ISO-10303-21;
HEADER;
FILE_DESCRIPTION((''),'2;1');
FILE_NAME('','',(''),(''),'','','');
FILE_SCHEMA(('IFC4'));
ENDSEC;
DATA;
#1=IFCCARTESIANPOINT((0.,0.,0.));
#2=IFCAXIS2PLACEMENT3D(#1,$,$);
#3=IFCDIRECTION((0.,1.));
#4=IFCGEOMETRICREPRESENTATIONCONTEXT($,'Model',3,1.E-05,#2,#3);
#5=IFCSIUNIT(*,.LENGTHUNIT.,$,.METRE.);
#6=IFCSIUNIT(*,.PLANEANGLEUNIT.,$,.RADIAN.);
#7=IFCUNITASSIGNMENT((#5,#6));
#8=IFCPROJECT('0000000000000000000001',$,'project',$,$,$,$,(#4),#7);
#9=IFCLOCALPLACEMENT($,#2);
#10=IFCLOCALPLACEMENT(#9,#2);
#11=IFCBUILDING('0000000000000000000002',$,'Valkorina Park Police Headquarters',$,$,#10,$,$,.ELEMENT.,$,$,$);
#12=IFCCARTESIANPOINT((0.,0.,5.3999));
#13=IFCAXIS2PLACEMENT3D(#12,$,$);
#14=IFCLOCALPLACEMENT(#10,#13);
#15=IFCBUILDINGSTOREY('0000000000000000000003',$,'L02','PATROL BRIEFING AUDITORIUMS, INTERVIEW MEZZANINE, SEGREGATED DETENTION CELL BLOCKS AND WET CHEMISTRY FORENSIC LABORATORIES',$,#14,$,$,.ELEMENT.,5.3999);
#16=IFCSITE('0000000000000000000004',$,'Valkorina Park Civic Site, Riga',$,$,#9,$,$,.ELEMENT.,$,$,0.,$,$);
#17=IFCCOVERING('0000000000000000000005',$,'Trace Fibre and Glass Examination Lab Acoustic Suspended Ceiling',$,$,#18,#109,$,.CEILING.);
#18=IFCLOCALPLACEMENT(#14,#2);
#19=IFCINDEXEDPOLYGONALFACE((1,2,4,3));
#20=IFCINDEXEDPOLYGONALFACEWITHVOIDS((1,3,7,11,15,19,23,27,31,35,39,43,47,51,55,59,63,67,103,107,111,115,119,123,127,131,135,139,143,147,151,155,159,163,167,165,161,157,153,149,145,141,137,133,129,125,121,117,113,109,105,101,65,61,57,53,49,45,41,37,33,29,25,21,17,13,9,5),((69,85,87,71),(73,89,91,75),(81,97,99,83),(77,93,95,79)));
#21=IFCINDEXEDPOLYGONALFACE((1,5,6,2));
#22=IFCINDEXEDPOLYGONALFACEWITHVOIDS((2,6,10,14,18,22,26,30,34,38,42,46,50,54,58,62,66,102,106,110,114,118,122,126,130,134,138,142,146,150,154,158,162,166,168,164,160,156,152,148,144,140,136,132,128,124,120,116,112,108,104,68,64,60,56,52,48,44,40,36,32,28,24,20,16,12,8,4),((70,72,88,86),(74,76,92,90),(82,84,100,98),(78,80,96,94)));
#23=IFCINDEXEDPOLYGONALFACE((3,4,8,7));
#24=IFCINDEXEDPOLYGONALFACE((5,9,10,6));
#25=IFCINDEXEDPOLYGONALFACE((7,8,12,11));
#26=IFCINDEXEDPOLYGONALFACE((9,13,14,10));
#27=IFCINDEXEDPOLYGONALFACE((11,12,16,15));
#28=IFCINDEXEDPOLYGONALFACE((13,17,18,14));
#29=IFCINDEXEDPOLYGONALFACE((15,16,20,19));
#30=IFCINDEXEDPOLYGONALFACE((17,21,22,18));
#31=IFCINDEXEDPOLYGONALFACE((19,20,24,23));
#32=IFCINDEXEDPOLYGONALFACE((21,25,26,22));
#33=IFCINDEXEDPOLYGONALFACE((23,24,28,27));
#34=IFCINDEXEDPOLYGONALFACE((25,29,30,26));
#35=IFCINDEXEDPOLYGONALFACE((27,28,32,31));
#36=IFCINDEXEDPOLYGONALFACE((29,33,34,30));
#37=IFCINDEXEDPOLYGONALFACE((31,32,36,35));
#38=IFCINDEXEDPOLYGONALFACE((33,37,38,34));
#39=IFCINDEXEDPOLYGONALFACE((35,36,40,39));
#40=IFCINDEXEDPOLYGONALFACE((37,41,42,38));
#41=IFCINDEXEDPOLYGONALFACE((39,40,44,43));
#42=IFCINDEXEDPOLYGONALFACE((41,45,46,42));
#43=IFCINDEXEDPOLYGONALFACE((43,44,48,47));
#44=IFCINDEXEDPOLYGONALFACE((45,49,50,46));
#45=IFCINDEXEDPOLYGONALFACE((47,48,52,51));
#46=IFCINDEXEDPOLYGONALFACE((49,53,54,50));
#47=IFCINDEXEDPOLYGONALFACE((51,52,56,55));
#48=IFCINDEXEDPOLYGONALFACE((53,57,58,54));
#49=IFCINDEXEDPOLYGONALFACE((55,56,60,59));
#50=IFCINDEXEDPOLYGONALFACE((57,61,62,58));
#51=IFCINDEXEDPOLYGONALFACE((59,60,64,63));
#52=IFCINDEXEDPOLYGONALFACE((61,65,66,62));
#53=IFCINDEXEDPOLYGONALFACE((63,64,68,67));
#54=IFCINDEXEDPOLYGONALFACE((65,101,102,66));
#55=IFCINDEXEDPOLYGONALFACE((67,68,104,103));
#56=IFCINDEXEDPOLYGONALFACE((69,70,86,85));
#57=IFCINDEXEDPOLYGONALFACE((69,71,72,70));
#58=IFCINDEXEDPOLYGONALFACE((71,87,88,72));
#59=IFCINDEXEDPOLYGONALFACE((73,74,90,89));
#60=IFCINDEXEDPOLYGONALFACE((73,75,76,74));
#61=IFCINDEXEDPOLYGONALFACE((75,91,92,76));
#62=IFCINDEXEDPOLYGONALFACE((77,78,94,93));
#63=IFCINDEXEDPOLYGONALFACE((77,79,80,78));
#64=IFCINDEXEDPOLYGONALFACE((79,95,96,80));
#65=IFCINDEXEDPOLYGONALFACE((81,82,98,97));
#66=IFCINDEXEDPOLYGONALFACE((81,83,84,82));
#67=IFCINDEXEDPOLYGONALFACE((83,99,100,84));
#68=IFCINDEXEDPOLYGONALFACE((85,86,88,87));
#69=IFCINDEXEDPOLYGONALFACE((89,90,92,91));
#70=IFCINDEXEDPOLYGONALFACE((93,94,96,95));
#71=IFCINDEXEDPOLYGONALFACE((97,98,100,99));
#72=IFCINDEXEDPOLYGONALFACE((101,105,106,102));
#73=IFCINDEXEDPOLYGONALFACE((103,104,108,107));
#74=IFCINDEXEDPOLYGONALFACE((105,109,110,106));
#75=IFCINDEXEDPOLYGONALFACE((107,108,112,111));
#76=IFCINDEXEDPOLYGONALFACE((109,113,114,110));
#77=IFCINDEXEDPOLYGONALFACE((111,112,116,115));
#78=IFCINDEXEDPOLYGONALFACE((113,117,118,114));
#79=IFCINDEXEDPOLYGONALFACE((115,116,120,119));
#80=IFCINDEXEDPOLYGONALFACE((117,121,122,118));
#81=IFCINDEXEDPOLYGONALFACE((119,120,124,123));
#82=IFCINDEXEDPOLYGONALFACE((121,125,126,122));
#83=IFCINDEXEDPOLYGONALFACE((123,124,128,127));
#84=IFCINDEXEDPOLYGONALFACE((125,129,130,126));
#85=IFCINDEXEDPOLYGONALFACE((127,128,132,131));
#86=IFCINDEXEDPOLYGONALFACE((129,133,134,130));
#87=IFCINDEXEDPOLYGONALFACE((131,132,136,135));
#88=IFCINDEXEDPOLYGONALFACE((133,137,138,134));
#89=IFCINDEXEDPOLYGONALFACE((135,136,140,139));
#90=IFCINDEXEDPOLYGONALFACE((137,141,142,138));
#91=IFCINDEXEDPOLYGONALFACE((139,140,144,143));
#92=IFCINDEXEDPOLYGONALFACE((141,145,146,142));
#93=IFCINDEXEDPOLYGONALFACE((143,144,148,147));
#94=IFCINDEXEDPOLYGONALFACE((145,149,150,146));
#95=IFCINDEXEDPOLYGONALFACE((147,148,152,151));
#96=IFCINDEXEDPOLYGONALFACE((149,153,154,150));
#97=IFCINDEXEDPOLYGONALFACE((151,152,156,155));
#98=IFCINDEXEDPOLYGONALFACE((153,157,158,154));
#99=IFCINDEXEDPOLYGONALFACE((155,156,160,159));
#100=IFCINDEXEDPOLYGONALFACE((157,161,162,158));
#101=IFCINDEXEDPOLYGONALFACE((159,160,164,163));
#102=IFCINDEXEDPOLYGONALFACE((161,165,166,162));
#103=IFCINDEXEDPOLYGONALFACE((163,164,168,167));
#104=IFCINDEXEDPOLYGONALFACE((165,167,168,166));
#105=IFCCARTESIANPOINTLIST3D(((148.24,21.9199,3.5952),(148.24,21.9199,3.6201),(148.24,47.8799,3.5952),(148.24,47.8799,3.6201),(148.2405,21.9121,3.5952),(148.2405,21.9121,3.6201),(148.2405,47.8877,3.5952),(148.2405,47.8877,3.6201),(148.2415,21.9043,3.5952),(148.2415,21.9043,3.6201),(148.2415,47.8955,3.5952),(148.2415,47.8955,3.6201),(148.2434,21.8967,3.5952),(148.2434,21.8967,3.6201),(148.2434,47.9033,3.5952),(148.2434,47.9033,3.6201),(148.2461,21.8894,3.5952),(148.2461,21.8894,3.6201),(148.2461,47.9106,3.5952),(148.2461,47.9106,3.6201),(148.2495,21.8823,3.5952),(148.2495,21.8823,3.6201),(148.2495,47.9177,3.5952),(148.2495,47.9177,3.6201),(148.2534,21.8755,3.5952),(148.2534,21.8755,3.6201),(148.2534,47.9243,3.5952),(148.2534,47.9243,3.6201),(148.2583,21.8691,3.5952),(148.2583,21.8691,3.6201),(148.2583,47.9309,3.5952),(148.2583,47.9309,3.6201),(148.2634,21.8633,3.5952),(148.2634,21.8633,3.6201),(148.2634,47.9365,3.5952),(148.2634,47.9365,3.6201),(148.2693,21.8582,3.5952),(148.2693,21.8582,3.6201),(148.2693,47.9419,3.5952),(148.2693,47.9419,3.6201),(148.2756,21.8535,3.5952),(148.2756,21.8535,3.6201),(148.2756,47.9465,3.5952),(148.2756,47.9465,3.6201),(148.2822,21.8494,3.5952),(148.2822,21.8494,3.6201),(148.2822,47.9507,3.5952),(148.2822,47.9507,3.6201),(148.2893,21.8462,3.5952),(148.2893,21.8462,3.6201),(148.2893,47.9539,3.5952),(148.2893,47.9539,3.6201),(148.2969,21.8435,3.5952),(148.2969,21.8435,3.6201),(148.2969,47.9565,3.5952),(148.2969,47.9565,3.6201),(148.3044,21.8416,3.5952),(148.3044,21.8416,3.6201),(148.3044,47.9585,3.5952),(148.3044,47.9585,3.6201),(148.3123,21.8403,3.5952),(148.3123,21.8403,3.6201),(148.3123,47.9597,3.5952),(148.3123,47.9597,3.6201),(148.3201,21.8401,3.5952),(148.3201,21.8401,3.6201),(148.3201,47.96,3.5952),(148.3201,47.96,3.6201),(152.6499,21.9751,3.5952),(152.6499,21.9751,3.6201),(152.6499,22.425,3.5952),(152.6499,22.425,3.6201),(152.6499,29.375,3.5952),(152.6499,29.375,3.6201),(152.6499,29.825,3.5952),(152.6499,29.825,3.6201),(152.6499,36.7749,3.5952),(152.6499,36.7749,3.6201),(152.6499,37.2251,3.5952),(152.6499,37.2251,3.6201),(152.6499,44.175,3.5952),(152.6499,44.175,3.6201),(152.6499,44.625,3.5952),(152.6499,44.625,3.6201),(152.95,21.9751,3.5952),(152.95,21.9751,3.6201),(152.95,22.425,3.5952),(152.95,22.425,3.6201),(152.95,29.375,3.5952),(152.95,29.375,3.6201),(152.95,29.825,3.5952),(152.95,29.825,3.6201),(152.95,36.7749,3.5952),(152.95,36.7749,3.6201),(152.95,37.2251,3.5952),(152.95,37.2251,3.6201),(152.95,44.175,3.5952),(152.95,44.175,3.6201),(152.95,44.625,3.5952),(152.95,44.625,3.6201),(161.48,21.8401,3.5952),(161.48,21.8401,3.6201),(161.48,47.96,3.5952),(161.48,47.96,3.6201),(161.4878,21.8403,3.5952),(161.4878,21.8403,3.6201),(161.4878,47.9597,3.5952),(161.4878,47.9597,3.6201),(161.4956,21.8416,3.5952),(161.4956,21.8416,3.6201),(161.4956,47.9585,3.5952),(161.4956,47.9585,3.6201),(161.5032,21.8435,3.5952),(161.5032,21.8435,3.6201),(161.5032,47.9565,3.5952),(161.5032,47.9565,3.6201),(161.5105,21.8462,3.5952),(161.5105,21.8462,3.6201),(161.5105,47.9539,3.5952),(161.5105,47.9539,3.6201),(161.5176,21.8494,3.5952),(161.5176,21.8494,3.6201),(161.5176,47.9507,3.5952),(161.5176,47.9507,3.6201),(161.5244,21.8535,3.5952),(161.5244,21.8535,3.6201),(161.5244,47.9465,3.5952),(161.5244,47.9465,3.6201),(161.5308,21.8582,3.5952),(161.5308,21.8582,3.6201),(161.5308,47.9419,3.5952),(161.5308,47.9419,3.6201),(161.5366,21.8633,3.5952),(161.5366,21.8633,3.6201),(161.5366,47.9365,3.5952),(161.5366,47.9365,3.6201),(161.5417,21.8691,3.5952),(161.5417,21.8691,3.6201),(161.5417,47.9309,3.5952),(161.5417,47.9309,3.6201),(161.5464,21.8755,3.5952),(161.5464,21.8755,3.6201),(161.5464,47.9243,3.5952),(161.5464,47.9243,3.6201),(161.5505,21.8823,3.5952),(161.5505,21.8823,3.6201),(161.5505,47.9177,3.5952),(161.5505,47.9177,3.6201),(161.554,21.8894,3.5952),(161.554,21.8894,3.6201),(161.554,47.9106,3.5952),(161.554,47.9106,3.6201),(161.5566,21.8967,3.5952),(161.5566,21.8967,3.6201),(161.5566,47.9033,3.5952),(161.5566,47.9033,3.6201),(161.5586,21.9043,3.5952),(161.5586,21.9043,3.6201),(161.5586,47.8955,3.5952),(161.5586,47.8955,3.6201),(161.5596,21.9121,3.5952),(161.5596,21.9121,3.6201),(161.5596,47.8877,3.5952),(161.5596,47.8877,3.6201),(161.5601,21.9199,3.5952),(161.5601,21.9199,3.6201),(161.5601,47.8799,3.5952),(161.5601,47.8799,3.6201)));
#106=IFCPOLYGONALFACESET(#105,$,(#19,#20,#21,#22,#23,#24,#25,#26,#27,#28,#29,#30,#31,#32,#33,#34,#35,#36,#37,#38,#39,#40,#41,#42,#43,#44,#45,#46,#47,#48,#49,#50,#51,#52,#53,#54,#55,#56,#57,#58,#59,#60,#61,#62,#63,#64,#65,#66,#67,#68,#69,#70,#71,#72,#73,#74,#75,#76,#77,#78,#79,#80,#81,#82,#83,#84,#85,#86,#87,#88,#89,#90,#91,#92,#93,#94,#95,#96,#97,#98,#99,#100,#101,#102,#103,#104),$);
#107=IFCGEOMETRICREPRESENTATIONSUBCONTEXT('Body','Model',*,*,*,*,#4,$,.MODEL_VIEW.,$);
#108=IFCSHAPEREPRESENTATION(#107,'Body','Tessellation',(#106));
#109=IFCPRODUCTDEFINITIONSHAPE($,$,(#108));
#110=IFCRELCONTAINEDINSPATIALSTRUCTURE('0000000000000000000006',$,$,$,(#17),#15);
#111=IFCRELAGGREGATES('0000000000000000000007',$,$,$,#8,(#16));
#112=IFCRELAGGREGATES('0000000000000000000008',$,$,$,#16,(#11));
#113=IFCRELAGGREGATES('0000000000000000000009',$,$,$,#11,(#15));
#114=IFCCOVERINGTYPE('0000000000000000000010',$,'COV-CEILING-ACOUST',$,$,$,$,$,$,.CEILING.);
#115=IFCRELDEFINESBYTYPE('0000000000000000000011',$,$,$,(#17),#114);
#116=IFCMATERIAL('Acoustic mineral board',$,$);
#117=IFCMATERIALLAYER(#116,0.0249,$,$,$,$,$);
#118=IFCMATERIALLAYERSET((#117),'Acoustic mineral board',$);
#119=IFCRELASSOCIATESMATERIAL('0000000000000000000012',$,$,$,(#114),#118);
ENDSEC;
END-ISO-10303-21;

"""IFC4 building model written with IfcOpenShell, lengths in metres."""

from ifc_helpers import new_model, si_unit, direction, frame, origin, place, context, subcontext, project, spatial, polyline, outline, extrude, material, layer, layer_set, type_object, element, save


model = new_model("IFC4")

# Units and contexts
model_context = context("Model", 3, precision=1e-05, world=origin(), true_north=direction((0.0, 1.0)))
body_context = subcontext(model_context, "Body", "Model", "MODEL_VIEW")
ifc_project = project(units=[si_unit("LENGTHUNIT", "METRE"), si_unit("PLANEANGLEUNIT", "RADIAN")], contexts=[model_context])

# Site, building, storey
site_placement = place(None, origin())
site = spatial("IfcSite", under=ifc_project, at=site_placement, Name="Valkorina Park Civic Site, Riga", CompositionType="ELEMENT", RefElevation=0.0)
building_placement = place(site_placement, origin())
building = spatial("IfcBuilding", under=site, at=building_placement, Name="Valkorina Park Police Headquarters", CompositionType="ELEMENT")
storey_placement = place(building_placement, frame((0.0, 0.0, 5.3999)))
storey = spatial("IfcBuildingStorey", under=building, at=storey_placement, Name="L02", Description="PATROL BRIEFING AUDITORIUMS, INTERVIEW MEZZANINE, SEGREGATED DETENTION CELL BLOCKS AND WET CHEMISTRY FORENSIC LABORATORIES", CompositionType="ELEMENT", Elevation=5.3999)

# Covering
ifc_material_1 = material(Name="Acoustic mineral board")
ifc_layer_1 = layer(ifc_material_1, 0.0249)
ifc_layer_set_1 = layer_set([ifc_layer_1], Name="Acoustic mineral board")
covering_type_1 = type_object("IfcCoveringType", Name="COV-CEILING-ACOUST", PredefinedType="CEILING", material=ifc_layer_set_1)
covering_1_placement = place(storey_placement, frame((0.0, 0.0, 3.5952)))
element("IfcCovering", 1, at=covering_1_placement, inside=storey, type_object=covering_type_1, Name="Trace Fibre and Glass Examination Lab Acoustic Suspended Ceiling", PredefinedType="CEILING", context=body_context, shape_type="SweptSolid", body=[
    extrude(outline(polyline([(161.5586, 21.9043), (161.5596, 21.9121), (161.5601, 21.9199), (161.5601, 47.8799), (161.5596, 47.8877), (161.5586, 47.8955), (161.5566, 47.9033), (161.554, 47.9106), (161.5505, 47.9177), (161.5464, 47.9243), (161.5417, 47.9309), (161.5366, 47.9365), (161.5308, 47.9419), (161.5244, 47.9465), (161.5176, 47.9507), (161.5105, 47.9539), (161.5032, 47.9565), (161.4956, 47.9585), (161.4878, 47.9597), (161.48, 47.96), (148.3201, 47.96), (148.3123, 47.9597), (148.3044, 47.9585), (148.2969, 47.9565), (148.2893, 47.9539), (148.2822, 47.9507), (148.2756, 47.9465), (148.2693, 47.9419), (148.2634, 47.9365), (148.2583, 47.9309), (148.2534, 47.9243), (148.2495, 47.9177), (148.2461, 47.9106), (148.2434, 47.9033), (148.2415, 47.8955), (148.2405, 47.8877), (148.24, 47.8799), (148.24, 21.9199), (148.2405, 21.9121), (148.2415, 21.9043), (148.2434, 21.8967), (148.2461, 21.8894), (148.2495, 21.8823), (148.2534, 21.8755), (148.2583, 21.8691), (148.2634, 21.8633), (148.2693, 21.8582), (148.2756, 21.8535), (148.2822, 21.8494), (148.2893, 21.8462), (148.2969, 21.8435), (148.3044, 21.8416), (148.3123, 21.8403), (148.3201, 21.8401), (161.48, 21.8401), (161.4878, 21.8403), (161.4956, 21.8416), (161.5032, 21.8435), (161.5105, 21.8462), (161.5176, 21.8494), (161.5244, 21.8535), (161.5308, 21.8582), (161.5366, 21.8633), (161.5417, 21.8691), (161.5464, 21.8755), (161.5505, 21.8823), (161.554, 21.8894), (161.5566, 21.8967), (161.5586, 21.9043)]), holes=[polyline([(152.95, 21.9751), (152.6499, 21.9751), (152.6499, 22.425), (152.95, 22.425), (152.95, 21.9751)]), polyline([(152.95, 29.375), (152.6499, 29.375), (152.6499, 29.825), (152.95, 29.825), (152.95, 29.375)]), polyline([(152.95, 36.7749), (152.6499, 36.7749), (152.6499, 37.2251), (152.95, 37.2251), (152.95, 36.7749)]), polyline([(152.95, 44.175), (152.6499, 44.175), (152.6499, 44.625), (152.95, 44.625), (152.95, 44.175)])]), origin(), (0.0, 0.0, 1.0), 0.0249),
])

save(model, "model.ifc")
